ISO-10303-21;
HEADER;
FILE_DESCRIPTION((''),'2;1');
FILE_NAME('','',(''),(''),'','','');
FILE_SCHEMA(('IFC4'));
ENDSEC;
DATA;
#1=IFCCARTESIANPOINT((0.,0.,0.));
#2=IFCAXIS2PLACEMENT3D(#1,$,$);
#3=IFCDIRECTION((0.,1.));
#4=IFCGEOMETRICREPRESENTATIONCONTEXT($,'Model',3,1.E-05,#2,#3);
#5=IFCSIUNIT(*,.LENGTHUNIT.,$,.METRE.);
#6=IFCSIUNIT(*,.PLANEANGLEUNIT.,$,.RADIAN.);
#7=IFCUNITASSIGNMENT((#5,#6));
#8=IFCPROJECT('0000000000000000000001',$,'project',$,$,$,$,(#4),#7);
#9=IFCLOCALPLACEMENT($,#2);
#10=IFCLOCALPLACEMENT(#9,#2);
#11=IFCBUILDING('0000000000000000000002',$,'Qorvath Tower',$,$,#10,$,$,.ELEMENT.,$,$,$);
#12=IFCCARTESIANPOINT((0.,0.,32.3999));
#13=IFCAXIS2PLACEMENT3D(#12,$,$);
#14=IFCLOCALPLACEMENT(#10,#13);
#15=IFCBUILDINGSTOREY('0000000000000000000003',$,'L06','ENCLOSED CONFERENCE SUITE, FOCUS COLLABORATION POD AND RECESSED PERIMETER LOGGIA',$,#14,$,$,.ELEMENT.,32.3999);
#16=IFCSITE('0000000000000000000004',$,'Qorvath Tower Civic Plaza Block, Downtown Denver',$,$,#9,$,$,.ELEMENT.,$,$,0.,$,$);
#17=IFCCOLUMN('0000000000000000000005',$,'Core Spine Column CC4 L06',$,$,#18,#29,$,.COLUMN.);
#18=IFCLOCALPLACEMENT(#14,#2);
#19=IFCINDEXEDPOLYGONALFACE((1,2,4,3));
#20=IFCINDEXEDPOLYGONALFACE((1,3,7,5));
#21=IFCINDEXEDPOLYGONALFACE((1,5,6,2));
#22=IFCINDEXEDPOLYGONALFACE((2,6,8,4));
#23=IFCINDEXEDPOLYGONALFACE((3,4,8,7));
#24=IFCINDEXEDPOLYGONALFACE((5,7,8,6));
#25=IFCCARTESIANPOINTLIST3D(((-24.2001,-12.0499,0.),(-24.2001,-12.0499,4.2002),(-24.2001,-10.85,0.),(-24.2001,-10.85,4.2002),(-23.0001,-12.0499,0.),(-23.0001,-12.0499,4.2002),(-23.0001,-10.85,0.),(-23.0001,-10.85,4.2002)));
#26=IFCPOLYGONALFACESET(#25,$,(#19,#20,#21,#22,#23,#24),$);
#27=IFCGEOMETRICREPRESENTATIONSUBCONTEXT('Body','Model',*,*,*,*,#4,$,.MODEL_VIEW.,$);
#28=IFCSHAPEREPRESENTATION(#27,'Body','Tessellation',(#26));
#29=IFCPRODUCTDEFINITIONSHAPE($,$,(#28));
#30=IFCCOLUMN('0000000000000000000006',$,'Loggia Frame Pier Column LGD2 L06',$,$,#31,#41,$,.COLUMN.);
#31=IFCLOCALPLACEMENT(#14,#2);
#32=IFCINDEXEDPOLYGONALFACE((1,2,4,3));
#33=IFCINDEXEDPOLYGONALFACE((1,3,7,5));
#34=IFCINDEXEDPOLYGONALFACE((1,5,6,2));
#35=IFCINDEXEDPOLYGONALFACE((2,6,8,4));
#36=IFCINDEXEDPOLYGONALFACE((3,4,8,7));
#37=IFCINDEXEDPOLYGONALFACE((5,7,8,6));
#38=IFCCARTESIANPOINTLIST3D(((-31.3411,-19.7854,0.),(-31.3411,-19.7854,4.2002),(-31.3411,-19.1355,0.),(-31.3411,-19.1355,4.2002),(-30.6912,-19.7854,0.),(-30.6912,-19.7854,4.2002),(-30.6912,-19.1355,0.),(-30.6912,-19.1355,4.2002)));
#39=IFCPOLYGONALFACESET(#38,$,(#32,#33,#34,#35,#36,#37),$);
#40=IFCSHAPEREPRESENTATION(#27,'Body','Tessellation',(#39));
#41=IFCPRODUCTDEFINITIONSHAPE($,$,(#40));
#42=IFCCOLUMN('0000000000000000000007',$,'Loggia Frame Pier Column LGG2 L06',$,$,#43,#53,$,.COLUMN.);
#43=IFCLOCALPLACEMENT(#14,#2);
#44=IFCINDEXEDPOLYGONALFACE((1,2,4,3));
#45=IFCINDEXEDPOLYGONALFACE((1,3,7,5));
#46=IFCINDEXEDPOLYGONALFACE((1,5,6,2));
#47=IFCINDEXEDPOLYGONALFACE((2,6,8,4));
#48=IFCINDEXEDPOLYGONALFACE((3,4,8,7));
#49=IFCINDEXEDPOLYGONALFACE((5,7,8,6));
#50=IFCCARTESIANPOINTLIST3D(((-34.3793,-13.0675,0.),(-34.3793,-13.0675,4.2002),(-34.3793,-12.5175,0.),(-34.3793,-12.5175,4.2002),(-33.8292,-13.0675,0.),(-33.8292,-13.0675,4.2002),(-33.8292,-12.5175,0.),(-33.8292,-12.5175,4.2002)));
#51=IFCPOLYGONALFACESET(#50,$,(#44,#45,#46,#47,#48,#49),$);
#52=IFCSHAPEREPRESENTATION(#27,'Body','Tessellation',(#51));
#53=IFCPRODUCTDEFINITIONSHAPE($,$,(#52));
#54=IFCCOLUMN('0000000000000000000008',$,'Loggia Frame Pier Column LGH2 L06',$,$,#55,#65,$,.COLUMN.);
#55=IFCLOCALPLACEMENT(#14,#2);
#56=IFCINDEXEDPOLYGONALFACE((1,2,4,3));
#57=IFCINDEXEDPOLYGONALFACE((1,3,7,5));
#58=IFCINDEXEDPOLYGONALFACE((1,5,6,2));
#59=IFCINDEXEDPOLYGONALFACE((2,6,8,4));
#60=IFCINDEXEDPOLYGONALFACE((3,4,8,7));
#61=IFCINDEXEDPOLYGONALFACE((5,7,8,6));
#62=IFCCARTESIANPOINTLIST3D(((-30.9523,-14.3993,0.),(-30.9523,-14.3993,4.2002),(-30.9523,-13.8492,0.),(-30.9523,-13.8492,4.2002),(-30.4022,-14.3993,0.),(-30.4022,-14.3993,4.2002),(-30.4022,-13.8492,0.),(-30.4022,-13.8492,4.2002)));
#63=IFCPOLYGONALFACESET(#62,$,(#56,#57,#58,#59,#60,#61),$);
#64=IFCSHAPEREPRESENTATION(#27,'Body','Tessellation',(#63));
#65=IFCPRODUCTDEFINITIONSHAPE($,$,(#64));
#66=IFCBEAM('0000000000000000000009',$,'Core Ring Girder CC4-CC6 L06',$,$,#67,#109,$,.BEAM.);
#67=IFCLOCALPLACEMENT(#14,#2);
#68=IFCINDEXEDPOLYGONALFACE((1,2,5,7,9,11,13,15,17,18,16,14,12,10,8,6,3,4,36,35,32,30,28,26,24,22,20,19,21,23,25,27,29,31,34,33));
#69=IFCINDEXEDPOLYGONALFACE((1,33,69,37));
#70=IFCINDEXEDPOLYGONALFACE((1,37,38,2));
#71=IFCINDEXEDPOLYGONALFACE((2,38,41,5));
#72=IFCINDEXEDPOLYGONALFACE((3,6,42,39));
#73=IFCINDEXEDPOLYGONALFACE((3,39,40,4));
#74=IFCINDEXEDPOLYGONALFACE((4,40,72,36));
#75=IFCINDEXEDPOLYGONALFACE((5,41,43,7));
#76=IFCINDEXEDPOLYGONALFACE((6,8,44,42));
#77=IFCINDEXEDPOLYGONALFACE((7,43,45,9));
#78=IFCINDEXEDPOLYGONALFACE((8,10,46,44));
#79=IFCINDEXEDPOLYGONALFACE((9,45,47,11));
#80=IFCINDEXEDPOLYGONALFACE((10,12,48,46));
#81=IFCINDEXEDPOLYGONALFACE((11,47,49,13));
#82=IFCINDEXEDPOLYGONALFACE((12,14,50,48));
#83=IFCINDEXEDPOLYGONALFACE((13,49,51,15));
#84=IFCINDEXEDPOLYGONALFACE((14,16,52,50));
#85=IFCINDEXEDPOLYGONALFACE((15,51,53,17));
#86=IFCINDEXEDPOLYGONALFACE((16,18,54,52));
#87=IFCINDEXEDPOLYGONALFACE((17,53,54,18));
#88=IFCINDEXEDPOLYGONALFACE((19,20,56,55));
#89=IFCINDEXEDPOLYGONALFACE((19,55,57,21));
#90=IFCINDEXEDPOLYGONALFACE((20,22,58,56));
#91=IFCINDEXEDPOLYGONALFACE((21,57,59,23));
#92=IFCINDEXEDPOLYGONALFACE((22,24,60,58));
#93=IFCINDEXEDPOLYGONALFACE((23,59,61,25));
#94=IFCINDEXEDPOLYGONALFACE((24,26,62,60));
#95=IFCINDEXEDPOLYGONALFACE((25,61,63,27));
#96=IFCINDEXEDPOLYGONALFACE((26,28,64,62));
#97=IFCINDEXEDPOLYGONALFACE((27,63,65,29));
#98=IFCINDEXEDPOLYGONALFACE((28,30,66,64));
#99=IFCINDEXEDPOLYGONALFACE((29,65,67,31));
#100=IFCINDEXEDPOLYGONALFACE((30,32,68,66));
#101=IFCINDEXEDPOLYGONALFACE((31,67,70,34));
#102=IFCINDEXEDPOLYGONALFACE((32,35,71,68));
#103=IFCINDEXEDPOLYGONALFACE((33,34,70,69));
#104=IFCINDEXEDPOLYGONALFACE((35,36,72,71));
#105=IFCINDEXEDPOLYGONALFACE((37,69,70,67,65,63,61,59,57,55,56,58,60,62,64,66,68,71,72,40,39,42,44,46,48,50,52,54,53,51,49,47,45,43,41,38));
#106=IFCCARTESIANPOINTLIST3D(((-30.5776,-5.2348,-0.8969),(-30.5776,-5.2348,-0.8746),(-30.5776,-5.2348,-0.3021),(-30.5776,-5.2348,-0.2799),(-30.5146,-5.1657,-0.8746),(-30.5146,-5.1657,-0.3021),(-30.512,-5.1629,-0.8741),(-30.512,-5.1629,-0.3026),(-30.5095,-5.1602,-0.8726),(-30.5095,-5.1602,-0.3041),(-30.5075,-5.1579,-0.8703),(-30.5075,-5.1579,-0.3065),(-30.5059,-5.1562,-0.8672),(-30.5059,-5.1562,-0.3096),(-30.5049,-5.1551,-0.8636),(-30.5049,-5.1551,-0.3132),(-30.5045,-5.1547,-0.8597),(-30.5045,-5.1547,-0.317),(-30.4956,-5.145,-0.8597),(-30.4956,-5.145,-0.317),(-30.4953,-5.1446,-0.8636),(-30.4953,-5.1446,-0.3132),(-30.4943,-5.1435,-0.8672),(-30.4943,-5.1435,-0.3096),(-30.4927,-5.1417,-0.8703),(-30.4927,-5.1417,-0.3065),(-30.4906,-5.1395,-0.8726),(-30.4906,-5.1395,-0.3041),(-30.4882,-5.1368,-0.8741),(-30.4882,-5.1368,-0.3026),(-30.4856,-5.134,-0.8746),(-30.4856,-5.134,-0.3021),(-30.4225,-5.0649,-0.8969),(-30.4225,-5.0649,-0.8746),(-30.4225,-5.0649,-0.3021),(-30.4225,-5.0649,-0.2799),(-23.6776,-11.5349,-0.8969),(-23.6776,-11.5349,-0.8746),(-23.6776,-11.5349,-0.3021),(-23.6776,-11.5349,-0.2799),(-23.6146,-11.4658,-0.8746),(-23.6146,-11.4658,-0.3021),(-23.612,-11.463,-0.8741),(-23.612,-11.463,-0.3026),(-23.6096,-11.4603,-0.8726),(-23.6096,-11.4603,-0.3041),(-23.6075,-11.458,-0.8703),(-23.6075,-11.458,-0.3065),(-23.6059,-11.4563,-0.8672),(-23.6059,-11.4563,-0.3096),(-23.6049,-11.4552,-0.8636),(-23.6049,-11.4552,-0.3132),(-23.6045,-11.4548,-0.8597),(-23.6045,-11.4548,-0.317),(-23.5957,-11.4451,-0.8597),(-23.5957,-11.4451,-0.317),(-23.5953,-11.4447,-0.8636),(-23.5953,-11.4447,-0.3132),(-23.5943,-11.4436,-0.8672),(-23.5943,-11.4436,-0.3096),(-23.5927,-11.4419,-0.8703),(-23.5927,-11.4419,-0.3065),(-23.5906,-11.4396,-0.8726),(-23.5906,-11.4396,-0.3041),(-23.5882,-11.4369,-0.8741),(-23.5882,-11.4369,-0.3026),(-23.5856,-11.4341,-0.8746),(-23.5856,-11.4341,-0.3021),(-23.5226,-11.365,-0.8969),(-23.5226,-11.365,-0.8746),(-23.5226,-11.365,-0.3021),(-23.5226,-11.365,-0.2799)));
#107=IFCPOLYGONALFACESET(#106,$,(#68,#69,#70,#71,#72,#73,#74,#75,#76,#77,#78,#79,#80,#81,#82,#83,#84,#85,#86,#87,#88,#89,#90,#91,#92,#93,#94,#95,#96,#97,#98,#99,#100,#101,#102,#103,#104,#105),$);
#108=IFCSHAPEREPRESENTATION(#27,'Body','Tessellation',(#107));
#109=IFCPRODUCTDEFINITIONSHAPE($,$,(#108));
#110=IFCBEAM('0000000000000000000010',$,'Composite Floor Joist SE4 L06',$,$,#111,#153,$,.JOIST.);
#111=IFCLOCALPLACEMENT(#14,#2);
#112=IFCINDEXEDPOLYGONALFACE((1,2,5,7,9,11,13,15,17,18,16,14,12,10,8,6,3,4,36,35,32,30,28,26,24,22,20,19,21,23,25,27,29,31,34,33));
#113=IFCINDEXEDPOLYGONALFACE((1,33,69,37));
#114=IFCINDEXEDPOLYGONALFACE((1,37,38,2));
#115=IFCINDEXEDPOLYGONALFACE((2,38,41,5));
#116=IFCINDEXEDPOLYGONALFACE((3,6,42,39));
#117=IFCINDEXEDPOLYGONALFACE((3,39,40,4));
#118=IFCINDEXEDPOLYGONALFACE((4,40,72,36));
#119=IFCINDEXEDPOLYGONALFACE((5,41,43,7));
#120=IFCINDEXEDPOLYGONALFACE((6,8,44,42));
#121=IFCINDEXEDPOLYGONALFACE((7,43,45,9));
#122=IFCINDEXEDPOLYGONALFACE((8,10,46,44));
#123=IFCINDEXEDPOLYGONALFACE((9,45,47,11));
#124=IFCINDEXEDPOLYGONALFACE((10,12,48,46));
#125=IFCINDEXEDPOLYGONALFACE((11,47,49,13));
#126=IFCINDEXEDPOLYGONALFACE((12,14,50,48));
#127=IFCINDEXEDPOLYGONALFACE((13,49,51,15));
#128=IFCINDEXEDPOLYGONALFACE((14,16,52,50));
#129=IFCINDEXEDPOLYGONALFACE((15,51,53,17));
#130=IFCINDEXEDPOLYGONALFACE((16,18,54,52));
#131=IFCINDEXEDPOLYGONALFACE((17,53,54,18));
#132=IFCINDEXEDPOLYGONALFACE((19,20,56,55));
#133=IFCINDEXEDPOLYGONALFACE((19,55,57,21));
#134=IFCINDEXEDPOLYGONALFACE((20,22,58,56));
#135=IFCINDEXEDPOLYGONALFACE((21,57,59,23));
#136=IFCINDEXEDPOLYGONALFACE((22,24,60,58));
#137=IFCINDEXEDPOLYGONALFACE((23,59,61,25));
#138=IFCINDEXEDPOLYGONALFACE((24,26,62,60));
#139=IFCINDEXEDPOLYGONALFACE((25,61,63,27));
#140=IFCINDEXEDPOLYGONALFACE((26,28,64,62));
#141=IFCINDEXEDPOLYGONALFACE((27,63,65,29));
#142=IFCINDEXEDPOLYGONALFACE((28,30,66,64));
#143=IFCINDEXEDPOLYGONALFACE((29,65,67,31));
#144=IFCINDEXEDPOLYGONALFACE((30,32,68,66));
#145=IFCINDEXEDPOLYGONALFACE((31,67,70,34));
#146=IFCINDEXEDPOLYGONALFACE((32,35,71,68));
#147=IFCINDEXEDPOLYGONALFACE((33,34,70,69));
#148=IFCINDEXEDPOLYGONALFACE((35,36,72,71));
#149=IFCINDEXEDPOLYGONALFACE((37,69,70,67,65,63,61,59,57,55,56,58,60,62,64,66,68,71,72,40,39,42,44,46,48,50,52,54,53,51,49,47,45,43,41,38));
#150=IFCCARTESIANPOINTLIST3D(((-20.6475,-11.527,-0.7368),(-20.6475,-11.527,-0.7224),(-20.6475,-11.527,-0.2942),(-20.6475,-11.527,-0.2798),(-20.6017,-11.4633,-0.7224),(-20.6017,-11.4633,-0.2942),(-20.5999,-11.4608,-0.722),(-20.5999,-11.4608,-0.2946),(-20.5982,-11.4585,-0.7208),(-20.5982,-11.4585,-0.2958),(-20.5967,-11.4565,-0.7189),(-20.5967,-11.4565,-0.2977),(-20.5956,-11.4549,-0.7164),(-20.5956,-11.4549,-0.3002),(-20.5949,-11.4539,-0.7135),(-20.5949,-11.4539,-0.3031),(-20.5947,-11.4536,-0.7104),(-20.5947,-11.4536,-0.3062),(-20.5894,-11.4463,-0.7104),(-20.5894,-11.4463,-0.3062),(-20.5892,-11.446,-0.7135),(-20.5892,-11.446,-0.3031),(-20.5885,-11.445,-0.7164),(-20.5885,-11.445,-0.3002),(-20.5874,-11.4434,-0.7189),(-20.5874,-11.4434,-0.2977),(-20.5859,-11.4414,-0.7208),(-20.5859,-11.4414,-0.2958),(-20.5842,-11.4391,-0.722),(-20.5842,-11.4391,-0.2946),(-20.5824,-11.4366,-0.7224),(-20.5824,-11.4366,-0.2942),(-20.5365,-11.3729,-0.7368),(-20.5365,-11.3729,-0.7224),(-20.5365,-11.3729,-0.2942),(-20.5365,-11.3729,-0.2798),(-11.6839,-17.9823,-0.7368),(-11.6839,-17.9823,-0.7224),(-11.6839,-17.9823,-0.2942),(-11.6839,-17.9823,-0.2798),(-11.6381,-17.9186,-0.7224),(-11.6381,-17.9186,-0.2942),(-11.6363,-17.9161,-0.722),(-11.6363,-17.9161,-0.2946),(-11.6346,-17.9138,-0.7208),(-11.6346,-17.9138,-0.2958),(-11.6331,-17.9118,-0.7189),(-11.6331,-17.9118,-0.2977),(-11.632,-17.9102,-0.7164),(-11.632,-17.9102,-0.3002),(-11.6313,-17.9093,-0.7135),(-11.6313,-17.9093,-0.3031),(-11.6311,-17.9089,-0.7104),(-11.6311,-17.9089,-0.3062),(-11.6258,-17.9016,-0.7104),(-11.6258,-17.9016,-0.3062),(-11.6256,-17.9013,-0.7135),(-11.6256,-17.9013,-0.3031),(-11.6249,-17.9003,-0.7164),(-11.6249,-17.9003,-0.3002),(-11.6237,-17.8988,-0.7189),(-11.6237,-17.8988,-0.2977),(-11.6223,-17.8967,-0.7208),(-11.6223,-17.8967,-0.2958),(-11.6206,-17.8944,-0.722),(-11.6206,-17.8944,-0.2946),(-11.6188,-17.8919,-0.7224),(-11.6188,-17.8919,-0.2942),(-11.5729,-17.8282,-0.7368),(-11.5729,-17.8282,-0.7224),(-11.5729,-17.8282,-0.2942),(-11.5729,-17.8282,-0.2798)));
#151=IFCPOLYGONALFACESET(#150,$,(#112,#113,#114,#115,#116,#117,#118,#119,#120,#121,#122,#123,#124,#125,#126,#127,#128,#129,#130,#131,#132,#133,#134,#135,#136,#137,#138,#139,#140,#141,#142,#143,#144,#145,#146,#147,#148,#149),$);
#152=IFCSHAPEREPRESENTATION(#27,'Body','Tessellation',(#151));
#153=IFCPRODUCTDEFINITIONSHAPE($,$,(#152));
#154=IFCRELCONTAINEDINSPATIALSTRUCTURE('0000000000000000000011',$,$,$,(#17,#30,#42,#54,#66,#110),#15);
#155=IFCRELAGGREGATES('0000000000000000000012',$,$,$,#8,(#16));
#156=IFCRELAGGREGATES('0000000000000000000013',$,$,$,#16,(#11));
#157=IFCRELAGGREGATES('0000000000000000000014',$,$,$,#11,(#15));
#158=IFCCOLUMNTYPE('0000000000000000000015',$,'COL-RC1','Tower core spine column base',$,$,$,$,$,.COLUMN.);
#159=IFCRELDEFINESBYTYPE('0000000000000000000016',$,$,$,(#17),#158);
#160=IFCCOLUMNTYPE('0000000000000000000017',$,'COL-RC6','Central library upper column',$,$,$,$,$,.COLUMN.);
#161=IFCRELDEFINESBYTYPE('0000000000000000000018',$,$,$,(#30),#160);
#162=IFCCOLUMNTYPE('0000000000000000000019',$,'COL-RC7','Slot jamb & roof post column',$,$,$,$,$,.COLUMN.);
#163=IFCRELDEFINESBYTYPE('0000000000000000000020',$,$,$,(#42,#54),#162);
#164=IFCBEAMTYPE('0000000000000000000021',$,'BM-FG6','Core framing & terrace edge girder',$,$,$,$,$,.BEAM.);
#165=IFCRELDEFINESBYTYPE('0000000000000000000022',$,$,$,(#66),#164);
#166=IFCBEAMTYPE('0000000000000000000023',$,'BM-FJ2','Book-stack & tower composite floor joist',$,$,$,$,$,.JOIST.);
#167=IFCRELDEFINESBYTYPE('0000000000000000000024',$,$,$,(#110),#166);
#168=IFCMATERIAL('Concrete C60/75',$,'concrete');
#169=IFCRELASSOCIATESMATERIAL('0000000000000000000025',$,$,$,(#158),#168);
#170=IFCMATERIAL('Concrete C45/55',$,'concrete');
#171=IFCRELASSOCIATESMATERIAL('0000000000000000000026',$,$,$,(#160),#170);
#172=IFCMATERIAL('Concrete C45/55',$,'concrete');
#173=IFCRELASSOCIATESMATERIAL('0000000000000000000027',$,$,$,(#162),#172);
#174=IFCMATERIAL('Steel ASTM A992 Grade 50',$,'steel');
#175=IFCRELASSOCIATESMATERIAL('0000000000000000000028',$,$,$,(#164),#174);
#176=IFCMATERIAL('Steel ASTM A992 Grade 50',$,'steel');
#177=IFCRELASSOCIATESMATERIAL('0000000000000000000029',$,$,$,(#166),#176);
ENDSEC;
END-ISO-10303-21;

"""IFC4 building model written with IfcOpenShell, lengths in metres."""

from ifc_helpers import new_model, si_unit, direction, frame, origin, origin_2d, place, context, subcontext, project, spatial, rectangle, i_section, extrude, material, material_profile, profile_set, type_object, element, save


model = new_model("IFC4")

# Units and contexts
model_context = context("Model", 3, precision=1e-05, world=origin(), true_north=direction((0.0, 1.0)))
body_context = subcontext(model_context, "Body", "Model", "MODEL_VIEW")
ifc_project = project(units=[si_unit("LENGTHUNIT", "METRE"), si_unit("PLANEANGLEUNIT", "RADIAN")], contexts=[model_context])

# Site, building, storey
site_placement = place(None, origin())
site = spatial("IfcSite", under=ifc_project, at=site_placement, Name="Qorvath Tower Civic Plaza Block, Downtown Denver", CompositionType="ELEMENT", RefElevation=0.0)
building_placement = place(site_placement, origin())
building = spatial("IfcBuilding", under=site, at=building_placement, Name="Qorvath Tower", CompositionType="ELEMENT")
storey_placement = place(building_placement, frame((0.0, 0.0, 32.3999)))
storey = spatial("IfcBuildingStorey", under=building, at=storey_placement, Name="L06", Description="ENCLOSED CONFERENCE SUITE, FOCUS COLLABORATION POD AND RECESSED PERIMETER LOGGIA", CompositionType="ELEMENT", Elevation=32.3999)

# Columns
ifc_material_1 = material(Name="Concrete C60/75", Category="concrete")
ifc_material_profile_1 = material_profile(ifc_material_1, rectangle(XDim=1.2, YDim=1.2, at=origin_2d()), Name="RC 1200x1200")
ifc_profile_set_1 = profile_set([ifc_material_profile_1], Name="Concrete C60/75")
column_type_1 = type_object("IfcColumnType", Name="COL-RC1", Description="Tower core spine column base", PredefinedType="COLUMN", material=ifc_profile_set_1)
column_1_placement = place(storey_placement, frame((-23.6001, -11.45, 0.0), z_axis=(0.0, 0.0, 1.0), x_axis=(1.0, 0.0, 0.0)))
element("IfcColumn", 1, at=column_1_placement, inside=storey, type_object=column_type_1, Name="Core Spine Column CC4 L06", PredefinedType="COLUMN", context=body_context, shape_type="SweptSolid", body=[
    extrude(rectangle(XDim=1.2, YDim=1.2, at=origin_2d()), origin(), (0.0, 0.0, 1.0), 4.2002),
])
ifc_material_2 = material(Name="Concrete C45/55", Category="concrete")
ifc_material_profile_2 = material_profile(ifc_material_2, rectangle(XDim=0.6499, YDim=0.6499, at=origin_2d()), Name="RC 650x650")
ifc_profile_set_2 = profile_set([ifc_material_profile_2], Name="Concrete C45/55")
column_type_2 = type_object("IfcColumnType", Name="COL-RC6", Description="Central library upper column", PredefinedType="COLUMN", material=ifc_profile_set_2)
column_2_placement = place(storey_placement, frame((-31.0161, -19.4604, 0.0), z_axis=(0.0, 0.0, 1.0), x_axis=(1.0, 0.0, 0.0)))
element("IfcColumn", 2, at=column_2_placement, inside=storey, type_object=column_type_2, Name="Loggia Frame Pier Column LGD2 L06", PredefinedType="COLUMN", context=body_context, shape_type="SweptSolid", body=[
    extrude(rectangle(XDim=0.6499, YDim=0.6499, at=origin_2d()), origin(), (0.0, 0.0, 1.0), 4.2002),
])
ifc_material_3 = material(Name="Concrete C45/55", Category="concrete")
ifc_material_profile_3 = material_profile(ifc_material_3, rectangle(XDim=0.55, YDim=0.55, at=origin_2d()), Name="RC 550x550")
ifc_profile_set_3 = profile_set([ifc_material_profile_3], Name="Concrete C45/55")
column_type_3 = type_object("IfcColumnType", Name="COL-RC7", Description="Slot jamb & roof post column", PredefinedType="COLUMN", material=ifc_profile_set_3)
for number, where, z_axis, x_axis, name in (
    (3, (-34.1042, -12.7925, 0.0), (0.0, 0.0, 1.0), (1.0, 0.0, 0.0), "Loggia Frame Pier Column LGG2 L06"),
    (4, (-30.6772, -14.1243, 0.0), (0.0, 0.0, 1.0), (1.0, 0.0, 0.0), "Loggia Frame Pier Column LGH2 L06"),
):
    element("IfcColumn", number, at=place(storey_placement, frame(where, z_axis=z_axis, x_axis=x_axis)), inside=storey, type_object=column_type_3, Name=name, PredefinedType="COLUMN", context=body_context, shape_type="SweptSolid", body=[
        extrude(rectangle(XDim=0.55, YDim=0.55, at=origin_2d()), origin(), (0.0, 0.0, 1.0), 4.2002),
    ])

# Beams
ifc_material_4 = material(Name="Steel ASTM A992 Grade 50", Category="steel")
ifc_material_profile_4 = material_profile(ifc_material_4, i_section(OverallWidth=0.23, OverallDepth=0.6169, WebThickness=0.0132, FlangeThickness=0.0222, FilletRadius=0.0149, at=origin_2d()), Name="W24x94")
ifc_profile_set_4 = profile_set([ifc_material_profile_4], Name="Steel ASTM A992 Grade 50")
beam_type_1 = type_object("IfcBeamType", Name="BM-FG6", Description="Core framing & terrace edge girder", PredefinedType="BEAM", material=ifc_profile_set_4)
beam_1_placement = place(storey_placement, frame((-23.6001, -11.45, -0.5884), z_axis=(-0.738478, 0.674277, 0.0), x_axis=(-0.674277, -0.738478, 0.0)))
element("IfcBeam", 5, at=beam_1_placement, inside=storey, type_object=beam_type_1, Name="Core Ring Girder CC4-CC6 L06", PredefinedType="BEAM", context=body_context, shape_type="SweptSolid", body=[
    extrude(i_section(OverallWidth=0.23, OverallDepth=0.6169, WebThickness=0.0132, FlangeThickness=0.0222, FilletRadius=0.0149, at=origin_2d()), origin(), (0.0, 0.0, 1.0), 9.3435),
])
ifc_material_5 = material(Name="Steel ASTM A992 Grade 50", Category="steel")
ifc_material_profile_5 = material_profile(ifc_material_5, i_section(OverallWidth=0.1899, OverallDepth=0.457, WebThickness=0.009, FlangeThickness=0.0144, FilletRadius=0.012, at=origin_2d()), Name="W18x50")
ifc_profile_set_5 = profile_set([ifc_material_profile_5], Name="Steel ASTM A992 Grade 50")
beam_type_2 = type_object("IfcBeamType", Name="BM-FJ2", Description="Book-stack & tower composite floor joist", PredefinedType="JOIST", material=ifc_profile_set_5)
beam_2_placement = place(storey_placement, frame((-20.592, -11.45, -0.5083), z_axis=(0.811469, -0.584395, 0.0), x_axis=(0.584395, 0.811469, 0.0)))
element("IfcBeam", 6, at=beam_2_placement, inside=storey, type_object=beam_type_2, Name="Composite Floor Joist SE4 L06", PredefinedType="JOIST", context=body_context, shape_type="SweptSolid", body=[
    extrude(i_section(OverallWidth=0.1899, OverallDepth=0.457, WebThickness=0.009, FlangeThickness=0.0144, FilletRadius=0.012, at=origin_2d()), origin(), (0.0, 0.0, 1.0), 11.0461),
])

save(model, "model.ifc")
